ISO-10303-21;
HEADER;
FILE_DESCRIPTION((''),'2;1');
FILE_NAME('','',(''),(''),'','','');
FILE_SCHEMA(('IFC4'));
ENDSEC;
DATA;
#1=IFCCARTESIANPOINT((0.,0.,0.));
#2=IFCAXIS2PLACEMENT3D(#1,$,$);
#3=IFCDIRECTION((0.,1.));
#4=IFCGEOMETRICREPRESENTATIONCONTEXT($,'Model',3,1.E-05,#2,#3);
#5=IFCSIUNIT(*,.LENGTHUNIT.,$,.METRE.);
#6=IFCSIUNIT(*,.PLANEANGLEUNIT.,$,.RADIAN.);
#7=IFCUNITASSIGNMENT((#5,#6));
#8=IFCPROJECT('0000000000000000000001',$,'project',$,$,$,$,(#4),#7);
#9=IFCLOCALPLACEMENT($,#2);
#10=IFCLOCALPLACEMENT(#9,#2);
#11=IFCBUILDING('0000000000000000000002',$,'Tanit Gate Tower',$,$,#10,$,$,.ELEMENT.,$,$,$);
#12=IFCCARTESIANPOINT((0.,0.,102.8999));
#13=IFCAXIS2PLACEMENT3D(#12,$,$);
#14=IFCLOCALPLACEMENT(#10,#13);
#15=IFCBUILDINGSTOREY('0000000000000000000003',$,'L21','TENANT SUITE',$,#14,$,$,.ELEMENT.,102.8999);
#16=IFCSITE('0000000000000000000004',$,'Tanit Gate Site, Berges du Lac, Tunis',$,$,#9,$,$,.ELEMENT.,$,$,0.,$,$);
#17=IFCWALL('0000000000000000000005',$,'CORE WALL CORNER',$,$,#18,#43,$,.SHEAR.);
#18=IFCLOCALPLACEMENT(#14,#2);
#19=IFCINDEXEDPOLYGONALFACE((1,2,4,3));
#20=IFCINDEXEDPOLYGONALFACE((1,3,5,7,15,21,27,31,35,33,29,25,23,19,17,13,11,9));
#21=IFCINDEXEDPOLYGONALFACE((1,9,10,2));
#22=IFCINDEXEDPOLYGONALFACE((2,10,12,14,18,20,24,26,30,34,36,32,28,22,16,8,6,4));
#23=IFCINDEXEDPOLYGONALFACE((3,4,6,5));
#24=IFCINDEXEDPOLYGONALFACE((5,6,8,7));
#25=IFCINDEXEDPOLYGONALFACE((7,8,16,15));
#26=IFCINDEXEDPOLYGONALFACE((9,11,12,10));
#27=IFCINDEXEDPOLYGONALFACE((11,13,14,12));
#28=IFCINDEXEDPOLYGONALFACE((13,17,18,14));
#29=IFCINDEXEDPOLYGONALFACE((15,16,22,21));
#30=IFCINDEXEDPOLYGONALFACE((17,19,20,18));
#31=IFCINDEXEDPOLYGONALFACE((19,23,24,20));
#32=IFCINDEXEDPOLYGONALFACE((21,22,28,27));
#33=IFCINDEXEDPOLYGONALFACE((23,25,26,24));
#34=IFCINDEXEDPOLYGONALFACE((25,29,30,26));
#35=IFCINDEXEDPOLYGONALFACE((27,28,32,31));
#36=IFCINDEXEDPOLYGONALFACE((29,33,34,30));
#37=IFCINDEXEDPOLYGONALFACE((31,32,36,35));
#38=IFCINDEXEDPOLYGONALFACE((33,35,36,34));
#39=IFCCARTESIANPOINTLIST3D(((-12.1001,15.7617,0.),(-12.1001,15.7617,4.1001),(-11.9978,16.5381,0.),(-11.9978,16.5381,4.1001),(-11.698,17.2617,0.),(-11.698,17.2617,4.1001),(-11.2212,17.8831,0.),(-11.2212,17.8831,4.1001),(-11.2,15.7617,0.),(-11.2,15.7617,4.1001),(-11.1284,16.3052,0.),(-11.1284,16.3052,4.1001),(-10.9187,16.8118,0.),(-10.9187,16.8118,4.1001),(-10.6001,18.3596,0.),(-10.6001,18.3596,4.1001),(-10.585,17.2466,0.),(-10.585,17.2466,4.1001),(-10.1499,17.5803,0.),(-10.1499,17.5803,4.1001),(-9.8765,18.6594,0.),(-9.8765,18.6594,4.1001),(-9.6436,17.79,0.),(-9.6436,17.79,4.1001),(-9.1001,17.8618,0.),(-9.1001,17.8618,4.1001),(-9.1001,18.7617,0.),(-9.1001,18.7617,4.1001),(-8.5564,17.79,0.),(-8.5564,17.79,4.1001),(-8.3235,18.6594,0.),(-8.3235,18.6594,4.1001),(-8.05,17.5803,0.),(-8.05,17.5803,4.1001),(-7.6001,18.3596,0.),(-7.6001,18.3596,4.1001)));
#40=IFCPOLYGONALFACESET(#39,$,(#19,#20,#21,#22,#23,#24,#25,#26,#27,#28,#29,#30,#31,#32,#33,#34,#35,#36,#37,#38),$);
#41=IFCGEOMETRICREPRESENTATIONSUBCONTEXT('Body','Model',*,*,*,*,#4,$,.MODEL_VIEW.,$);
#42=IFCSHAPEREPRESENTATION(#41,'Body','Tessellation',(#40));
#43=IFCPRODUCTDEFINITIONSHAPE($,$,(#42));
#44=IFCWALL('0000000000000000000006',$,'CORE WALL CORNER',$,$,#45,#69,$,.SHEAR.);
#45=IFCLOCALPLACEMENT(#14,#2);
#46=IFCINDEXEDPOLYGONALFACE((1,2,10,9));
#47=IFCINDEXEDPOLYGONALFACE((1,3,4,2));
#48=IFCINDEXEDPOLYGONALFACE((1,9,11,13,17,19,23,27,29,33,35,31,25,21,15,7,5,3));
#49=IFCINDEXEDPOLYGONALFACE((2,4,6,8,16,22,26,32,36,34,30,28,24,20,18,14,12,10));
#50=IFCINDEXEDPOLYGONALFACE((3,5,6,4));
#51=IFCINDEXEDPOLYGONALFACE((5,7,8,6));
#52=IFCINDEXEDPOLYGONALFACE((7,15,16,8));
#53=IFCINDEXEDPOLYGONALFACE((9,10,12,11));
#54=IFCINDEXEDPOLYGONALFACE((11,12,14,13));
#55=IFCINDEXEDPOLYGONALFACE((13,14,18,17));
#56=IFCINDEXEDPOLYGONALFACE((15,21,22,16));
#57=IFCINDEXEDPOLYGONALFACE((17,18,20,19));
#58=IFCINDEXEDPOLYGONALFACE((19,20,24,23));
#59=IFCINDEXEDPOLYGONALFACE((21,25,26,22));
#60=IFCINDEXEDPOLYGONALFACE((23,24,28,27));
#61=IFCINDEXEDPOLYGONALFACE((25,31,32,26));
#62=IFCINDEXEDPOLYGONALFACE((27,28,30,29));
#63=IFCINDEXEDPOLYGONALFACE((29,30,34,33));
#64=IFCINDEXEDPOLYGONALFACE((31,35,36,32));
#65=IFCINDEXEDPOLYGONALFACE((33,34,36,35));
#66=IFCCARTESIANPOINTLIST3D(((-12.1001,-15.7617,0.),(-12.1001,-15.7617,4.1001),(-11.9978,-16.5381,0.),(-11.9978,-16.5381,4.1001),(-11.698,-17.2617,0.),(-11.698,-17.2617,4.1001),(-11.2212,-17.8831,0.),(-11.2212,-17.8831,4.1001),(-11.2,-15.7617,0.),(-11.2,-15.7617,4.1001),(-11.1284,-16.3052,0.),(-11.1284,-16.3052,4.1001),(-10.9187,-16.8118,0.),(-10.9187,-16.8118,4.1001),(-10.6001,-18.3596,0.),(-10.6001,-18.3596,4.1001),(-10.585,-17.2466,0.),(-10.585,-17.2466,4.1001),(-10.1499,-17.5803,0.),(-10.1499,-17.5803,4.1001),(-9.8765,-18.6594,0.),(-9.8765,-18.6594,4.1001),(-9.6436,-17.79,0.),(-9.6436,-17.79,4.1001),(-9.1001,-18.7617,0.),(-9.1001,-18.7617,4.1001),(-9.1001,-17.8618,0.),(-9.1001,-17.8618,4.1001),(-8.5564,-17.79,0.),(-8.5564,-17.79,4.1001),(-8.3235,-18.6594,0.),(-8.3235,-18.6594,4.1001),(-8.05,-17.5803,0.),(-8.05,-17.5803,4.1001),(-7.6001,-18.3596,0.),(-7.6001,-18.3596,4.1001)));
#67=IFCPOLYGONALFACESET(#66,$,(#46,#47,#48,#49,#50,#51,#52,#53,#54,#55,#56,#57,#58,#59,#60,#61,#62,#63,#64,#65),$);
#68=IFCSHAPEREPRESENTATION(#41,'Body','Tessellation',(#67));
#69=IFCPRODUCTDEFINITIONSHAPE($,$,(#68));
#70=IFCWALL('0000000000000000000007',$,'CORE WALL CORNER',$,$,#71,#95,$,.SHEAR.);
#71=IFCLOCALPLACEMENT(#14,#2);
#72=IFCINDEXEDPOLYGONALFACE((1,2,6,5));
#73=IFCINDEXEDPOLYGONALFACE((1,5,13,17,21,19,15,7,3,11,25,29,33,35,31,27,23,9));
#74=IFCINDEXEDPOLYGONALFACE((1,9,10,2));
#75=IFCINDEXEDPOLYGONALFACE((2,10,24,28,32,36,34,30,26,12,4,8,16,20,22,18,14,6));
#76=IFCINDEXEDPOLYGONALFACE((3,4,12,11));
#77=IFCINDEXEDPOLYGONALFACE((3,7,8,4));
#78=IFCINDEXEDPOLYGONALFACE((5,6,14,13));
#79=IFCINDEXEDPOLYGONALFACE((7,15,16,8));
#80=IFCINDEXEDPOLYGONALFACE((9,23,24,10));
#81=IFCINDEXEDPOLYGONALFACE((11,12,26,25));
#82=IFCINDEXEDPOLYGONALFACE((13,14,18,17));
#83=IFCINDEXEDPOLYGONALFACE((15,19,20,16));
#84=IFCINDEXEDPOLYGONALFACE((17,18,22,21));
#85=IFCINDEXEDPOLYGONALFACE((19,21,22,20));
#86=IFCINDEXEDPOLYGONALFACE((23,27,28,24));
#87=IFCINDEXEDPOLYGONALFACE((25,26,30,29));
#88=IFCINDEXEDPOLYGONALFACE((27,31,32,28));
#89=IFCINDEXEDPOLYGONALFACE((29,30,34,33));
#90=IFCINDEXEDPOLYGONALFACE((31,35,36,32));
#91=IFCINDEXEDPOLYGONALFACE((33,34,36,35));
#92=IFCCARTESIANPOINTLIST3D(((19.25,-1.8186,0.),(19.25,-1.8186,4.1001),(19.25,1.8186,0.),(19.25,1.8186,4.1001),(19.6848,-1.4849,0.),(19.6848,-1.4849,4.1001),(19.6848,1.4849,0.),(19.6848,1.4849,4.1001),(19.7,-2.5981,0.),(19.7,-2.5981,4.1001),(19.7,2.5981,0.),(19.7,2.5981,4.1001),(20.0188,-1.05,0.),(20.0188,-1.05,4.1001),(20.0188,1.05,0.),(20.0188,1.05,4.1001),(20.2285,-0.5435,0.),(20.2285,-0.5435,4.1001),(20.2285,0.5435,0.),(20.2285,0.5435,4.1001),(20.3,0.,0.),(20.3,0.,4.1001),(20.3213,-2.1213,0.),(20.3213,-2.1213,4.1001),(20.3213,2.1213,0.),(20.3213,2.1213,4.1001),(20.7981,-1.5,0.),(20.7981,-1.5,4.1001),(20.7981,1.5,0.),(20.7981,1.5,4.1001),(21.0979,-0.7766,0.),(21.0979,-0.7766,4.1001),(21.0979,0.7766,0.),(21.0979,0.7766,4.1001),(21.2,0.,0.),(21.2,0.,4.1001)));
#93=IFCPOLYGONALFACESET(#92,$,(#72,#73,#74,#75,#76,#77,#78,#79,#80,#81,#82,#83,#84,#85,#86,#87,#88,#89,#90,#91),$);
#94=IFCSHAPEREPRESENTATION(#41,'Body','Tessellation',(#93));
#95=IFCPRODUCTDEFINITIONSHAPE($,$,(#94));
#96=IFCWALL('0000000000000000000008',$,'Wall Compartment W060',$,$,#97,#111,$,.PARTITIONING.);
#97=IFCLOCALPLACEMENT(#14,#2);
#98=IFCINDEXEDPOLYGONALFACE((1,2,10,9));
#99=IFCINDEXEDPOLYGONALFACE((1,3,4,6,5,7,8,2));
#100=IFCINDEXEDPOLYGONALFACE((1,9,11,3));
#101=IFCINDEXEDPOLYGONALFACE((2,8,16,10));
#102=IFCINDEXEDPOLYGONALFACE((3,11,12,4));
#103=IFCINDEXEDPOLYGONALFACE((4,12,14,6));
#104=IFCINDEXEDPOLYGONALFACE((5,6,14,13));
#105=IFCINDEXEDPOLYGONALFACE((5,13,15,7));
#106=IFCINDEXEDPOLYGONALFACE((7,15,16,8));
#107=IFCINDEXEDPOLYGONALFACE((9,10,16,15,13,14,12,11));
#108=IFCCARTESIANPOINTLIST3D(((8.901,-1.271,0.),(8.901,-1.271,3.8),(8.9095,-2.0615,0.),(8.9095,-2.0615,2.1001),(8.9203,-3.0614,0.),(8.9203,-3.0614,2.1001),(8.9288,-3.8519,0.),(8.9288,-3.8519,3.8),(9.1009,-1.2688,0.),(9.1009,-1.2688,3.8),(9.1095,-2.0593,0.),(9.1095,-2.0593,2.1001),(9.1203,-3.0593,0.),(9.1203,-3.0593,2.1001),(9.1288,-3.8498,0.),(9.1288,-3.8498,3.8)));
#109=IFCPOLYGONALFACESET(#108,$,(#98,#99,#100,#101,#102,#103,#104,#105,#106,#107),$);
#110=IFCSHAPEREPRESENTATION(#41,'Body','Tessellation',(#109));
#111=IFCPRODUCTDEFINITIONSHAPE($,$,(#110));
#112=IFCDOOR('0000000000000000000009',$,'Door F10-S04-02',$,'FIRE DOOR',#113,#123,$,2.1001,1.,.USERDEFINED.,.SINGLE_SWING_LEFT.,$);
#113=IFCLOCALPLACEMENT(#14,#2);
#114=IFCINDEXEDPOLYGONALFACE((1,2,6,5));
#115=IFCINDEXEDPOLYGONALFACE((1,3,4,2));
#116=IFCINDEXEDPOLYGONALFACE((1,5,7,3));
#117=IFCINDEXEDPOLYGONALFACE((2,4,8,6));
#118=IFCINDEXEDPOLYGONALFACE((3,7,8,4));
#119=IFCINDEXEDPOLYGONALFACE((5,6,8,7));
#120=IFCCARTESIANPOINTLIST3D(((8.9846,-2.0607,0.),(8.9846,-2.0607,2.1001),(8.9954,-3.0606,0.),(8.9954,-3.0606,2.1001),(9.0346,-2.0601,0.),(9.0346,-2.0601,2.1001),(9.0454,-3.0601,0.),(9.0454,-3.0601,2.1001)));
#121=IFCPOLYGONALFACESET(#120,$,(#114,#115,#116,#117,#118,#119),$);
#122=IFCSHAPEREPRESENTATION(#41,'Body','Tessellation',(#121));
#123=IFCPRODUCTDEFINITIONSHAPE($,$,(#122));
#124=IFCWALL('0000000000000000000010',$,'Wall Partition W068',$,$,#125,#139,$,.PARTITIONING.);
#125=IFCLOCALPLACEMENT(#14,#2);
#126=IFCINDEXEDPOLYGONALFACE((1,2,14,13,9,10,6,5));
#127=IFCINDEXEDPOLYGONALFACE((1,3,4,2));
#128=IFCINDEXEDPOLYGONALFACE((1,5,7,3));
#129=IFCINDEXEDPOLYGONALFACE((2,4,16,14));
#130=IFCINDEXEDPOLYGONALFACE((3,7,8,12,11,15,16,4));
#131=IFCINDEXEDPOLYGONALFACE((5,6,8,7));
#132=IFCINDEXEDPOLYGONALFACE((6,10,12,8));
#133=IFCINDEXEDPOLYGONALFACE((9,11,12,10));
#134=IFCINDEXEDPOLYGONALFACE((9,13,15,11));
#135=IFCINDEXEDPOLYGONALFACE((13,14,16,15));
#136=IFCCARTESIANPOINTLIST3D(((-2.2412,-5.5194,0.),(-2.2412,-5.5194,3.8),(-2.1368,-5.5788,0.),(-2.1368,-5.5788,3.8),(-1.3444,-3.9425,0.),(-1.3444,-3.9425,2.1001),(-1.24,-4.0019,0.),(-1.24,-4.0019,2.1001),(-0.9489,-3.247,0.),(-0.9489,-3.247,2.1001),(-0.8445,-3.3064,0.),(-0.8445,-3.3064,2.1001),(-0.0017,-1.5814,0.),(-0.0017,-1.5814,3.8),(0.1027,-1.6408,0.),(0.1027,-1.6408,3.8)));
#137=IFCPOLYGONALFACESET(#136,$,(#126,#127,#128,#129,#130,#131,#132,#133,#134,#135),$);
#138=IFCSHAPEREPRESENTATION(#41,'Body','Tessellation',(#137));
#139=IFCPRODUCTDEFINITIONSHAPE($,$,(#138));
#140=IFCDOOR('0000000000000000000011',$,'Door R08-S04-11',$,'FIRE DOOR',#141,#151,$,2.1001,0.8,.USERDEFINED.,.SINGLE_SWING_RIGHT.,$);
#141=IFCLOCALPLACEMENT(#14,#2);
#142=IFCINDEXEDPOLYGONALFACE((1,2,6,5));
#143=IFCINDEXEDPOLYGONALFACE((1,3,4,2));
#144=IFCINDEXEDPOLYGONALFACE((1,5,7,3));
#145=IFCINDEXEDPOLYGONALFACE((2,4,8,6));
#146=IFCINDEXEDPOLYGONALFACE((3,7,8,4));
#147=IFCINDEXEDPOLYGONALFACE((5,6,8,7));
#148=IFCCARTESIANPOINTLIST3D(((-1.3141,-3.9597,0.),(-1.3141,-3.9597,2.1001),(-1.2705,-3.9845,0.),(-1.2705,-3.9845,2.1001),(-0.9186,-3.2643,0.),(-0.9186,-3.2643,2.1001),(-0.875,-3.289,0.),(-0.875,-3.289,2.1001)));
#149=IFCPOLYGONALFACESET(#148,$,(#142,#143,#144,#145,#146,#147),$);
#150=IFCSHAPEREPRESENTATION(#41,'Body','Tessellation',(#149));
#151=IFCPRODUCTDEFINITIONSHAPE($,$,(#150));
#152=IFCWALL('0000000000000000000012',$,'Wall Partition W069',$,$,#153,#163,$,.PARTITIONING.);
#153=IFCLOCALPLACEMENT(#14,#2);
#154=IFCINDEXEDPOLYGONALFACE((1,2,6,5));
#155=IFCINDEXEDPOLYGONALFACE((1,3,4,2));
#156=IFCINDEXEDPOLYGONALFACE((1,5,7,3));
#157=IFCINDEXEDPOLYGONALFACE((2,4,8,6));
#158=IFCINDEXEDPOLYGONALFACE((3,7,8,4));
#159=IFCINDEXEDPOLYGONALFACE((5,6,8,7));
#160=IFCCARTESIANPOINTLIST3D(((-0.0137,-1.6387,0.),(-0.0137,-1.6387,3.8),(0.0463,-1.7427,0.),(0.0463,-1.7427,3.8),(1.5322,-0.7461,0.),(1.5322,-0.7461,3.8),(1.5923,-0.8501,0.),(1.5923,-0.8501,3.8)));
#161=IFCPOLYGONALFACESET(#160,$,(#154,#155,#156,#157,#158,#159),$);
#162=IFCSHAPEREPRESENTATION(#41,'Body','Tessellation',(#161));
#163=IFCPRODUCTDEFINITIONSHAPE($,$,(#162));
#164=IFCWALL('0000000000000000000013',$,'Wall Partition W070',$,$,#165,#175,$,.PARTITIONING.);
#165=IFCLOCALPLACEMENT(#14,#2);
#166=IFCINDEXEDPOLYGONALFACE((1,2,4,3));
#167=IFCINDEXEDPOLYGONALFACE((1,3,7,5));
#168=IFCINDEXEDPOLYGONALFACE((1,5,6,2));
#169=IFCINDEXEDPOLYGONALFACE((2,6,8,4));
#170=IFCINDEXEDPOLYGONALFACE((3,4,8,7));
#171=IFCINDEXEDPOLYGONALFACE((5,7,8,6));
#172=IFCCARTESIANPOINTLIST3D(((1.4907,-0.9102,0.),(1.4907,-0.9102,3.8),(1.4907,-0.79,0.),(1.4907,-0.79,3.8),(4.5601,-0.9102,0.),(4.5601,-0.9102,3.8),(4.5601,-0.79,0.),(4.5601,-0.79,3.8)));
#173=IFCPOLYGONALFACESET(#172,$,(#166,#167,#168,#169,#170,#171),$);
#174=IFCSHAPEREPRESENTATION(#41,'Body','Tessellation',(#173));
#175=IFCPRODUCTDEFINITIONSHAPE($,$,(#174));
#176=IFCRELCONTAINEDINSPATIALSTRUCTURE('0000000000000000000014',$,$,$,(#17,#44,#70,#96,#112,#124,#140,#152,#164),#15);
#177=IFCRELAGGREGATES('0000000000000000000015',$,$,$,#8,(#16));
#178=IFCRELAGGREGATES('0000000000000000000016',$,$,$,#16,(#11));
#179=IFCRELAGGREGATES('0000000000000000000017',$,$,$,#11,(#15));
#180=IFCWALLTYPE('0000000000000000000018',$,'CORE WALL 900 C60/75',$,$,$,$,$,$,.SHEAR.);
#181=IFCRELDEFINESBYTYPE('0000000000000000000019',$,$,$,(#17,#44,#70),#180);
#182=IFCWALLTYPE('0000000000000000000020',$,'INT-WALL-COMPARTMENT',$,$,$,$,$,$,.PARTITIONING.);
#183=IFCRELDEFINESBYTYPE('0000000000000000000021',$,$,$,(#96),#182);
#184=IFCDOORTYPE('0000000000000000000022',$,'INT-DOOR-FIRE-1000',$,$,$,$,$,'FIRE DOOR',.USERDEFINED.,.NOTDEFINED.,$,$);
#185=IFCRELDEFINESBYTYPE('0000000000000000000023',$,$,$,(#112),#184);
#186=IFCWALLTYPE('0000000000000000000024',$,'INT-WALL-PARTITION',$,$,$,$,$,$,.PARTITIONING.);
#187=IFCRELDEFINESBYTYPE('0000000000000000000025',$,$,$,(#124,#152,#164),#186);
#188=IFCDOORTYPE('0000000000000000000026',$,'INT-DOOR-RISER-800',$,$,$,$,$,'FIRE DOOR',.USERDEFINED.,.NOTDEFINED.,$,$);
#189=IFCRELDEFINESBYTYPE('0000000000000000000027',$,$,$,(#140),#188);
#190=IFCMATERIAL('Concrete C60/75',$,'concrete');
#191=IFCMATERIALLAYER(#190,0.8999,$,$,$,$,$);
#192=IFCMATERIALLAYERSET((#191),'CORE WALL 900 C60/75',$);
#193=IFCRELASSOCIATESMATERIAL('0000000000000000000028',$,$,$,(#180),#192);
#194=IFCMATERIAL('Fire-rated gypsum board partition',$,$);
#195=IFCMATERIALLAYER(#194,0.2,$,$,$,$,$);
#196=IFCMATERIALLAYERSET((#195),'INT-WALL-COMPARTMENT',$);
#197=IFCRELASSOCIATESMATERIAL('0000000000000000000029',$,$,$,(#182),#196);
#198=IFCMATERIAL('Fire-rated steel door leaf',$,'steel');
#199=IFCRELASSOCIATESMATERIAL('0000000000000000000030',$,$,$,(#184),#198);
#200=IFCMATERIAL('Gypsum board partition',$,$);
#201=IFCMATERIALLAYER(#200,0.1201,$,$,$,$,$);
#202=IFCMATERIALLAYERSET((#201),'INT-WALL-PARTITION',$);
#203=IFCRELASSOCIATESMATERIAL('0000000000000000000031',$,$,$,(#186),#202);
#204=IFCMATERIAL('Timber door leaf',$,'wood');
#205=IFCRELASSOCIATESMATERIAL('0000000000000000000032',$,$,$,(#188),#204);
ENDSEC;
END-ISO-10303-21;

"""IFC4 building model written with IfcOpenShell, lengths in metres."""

from ifc_helpers import new_model, si_unit, direction, frame, frame_2d, origin, place, context, subcontext, project, spatial, polyline, rectangle, outline, extrude, material, layer, layer_set, type_object, element, fill, save


model = new_model("IFC4")

# Units and contexts
model_context = context("Model", 3, precision=1e-05, world=origin(), true_north=direction((0.0, 1.0)))
body_context = subcontext(model_context, "Body", "Model", "MODEL_VIEW")
ifc_project = project(units=[si_unit("LENGTHUNIT", "METRE"), si_unit("PLANEANGLEUNIT", "RADIAN")], contexts=[model_context])

# Site, building, storey
site_placement = place(None, origin())
site = spatial("IfcSite", under=ifc_project, at=site_placement, Name="Tanit Gate Site, Berges du Lac, Tunis", CompositionType="ELEMENT", RefElevation=0.0)
building_placement = place(site_placement, origin())
building = spatial("IfcBuilding", under=site, at=building_placement, Name="Tanit Gate Tower", CompositionType="ELEMENT")
storey_placement = place(building_placement, frame((0.0, 0.0, 102.8999)))
storey = spatial("IfcBuildingStorey", under=building, at=storey_placement, Name="L21", Description="TENANT SUITE", CompositionType="ELEMENT", Elevation=102.8999)

# Walls
ifc_material_1 = material(Name="Concrete C60/75", Category="concrete")
ifc_layer_1 = layer(ifc_material_1, 0.8999)
ifc_layer_set_1 = layer_set([ifc_layer_1], Name="CORE WALL 900 C60/75")
wall_type_1 = type_object("IfcWallType", Name="CORE WALL 900 C60/75", PredefinedType="SHEAR", material=ifc_layer_set_1)
wall_1_placement = place(storey_placement, origin())
element("IfcWall", 1, at=wall_1_placement, inside=storey, type_object=wall_type_1, Name="CORE WALL CORNER", PredefinedType="SHEAR", context=body_context, shape_type="SweptSolid", body=[
    extrude(outline(polyline([(-7.6001, 18.3596), (-8.3235, 18.6594), (-9.1001, 18.7617), (-9.8765, 18.6594), (-10.6001, 18.3596), (-11.2212, 17.8831), (-11.698, 17.2617), (-11.9978, 16.5381), (-12.1001, 15.7617), (-11.2, 15.7617), (-11.1284, 16.3052), (-10.9187, 16.8118), (-10.585, 17.2466), (-10.1499, 17.5803), (-9.6436, 17.79), (-9.1001, 17.8618), (-8.5564, 17.79), (-8.05, 17.5803), (-7.6001, 18.3596)])), origin(), (0.0, 0.0, 1.0), 4.1001),
])
wall_2_placement = place(storey_placement, origin())
element("IfcWall", 2, at=wall_2_placement, inside=storey, type_object=wall_type_1, Name="CORE WALL CORNER", PredefinedType="SHEAR", context=body_context, shape_type="SweptSolid", body=[
    extrude(outline(polyline([(-12.1001, -15.7617), (-11.9978, -16.5381), (-11.698, -17.2617), (-11.2212, -17.8831), (-10.6001, -18.3596), (-9.8765, -18.6594), (-9.1001, -18.7617), (-8.3235, -18.6594), (-7.6001, -18.3596), (-8.05, -17.5803), (-8.5564, -17.79), (-9.1001, -17.8618), (-9.6436, -17.79), (-10.1499, -17.5803), (-10.585, -17.2466), (-10.9187, -16.8118), (-11.1284, -16.3052), (-11.2, -15.7617), (-12.1001, -15.7617)])), origin(), (0.0, 0.0, 1.0), 4.1001),
])
wall_3_placement = place(storey_placement, origin())
element("IfcWall", 3, at=wall_3_placement, inside=storey, type_object=wall_type_1, Name="CORE WALL CORNER", PredefinedType="SHEAR", context=body_context, shape_type="SweptSolid", body=[
    extrude(outline(polyline([(19.7, -2.5981), (20.3213, -2.1213), (20.7981, -1.5), (21.0979, -0.7766), (21.2, 0.0), (21.0979, 0.7766), (20.7981, 1.5), (20.3213, 2.1213), (19.7, 2.5981), (19.25, 1.8186), (19.6848, 1.4849), (20.0188, 1.05), (20.2285, 0.5435), (20.3, 0.0), (20.2285, -0.5435), (20.0188, -1.05), (19.6848, -1.4849), (19.25, -1.8186), (19.7, -2.5981)])), origin(), (0.0, 0.0, 1.0), 4.1001),
])

# Walls, openings, doors
ifc_material_2 = material(Name="Fire-rated gypsum board partition")
ifc_layer_2 = layer(ifc_material_2, 0.2)
ifc_layer_set_2 = layer_set([ifc_layer_2], Name="INT-WALL-COMPARTMENT")
wall_type_2 = type_object("IfcWallType", Name="INT-WALL-COMPARTMENT", PredefinedType="PARTITIONING", material=ifc_layer_set_2)
wall_4_placement = place(storey_placement, frame((9.0288, -3.8508, 0.0), z_axis=(0.0, 0.0, 1.0), x_axis=(-0.010784, 0.999942, 0.0)))
wall_4 = element("IfcWall", 4, at=wall_4_placement, inside=storey, type_object=wall_type_2, Name="Wall Compartment W060", PredefinedType="PARTITIONING", context=body_context, shape_type="SweptSolid", body=[
    extrude(rectangle(XDim=2.5811, YDim=0.2, at=frame_2d((1.2905, 0.0))), origin(), (0.0, 0.0, 1.0), 3.8),
])
opening_1_placement = place(wall_4_placement, frame((0.7905, 0.0, 0.0)))
opening_1 = element("IfcOpeningElement", 5, at=opening_1_placement, cuts=wall_4, PredefinedType="OPENING", context=body_context, shape_type="SweptSolid", body=[
    extrude(rectangle(XDim=1.0, YDim=2.1001, at=frame_2d((0.5, 1.05))), frame((0.0, 0.1099, 0.0), z_axis=(0.0, -1.0, 0.0), x_axis=(1.0, 0.0, 0.0)), (0.0, 0.0, 1.0), 0.22),
])
ifc_material_3 = material(Name="Fire-rated steel door leaf", Category="steel")
door_type_1 = type_object("IfcDoorType", Name="INT-DOOR-FIRE-1000", ElementType="FIRE DOOR", OperationType="NOTDEFINED", PredefinedType="USERDEFINED", material=ifc_material_3)
door_1_placement = place(opening_1_placement, origin())
door_1 = element("IfcDoor", 6, at=door_1_placement, inside=storey, type_object=door_type_1, Name="Door F10-S04-02", ObjectType="FIRE DOOR", OperationType="SINGLE_SWING_LEFT", OverallHeight=2.1001, OverallWidth=1.0, PredefinedType="USERDEFINED", context=body_context, shape_type="SweptSolid", body=[
    extrude(rectangle(XDim=1.0, YDim=2.1001, at=frame_2d((0.5, 1.05))), frame((0.0, 0.0249, 0.0), z_axis=(0.0, -1.0, 0.0), x_axis=(1.0, 0.0, 0.0)), (0.0, 0.0, 1.0), 0.05),
])
fill(opening_1, door_1)
ifc_material_4 = material(Name="Gypsum board partition")
ifc_layer_3 = layer(ifc_material_4, 0.1201)
ifc_layer_set_3 = layer_set([ifc_layer_3], Name="INT-WALL-PARTITION")
wall_type_3 = type_object("IfcWallType", Name="INT-WALL-PARTITION", PredefinedType="PARTITIONING", material=ifc_layer_set_3)
wall_5_placement = place(storey_placement, frame((0.0505, -1.6111, 0.0), z_axis=(0.0, 0.0, 1.0), x_axis=(-0.494345, -0.869266, 0.0)))
wall_5 = element("IfcWall", 7, at=wall_5_placement, inside=storey, type_object=wall_type_3, Name="Wall Partition W068", PredefinedType="PARTITIONING", context=body_context, shape_type="SweptSolid", body=[
    extrude(rectangle(XDim=4.5303, YDim=0.1201, at=frame_2d((2.2651, 0.0))), origin(), (0.0, 0.0, 1.0), 3.8),
])
opening_2_placement = place(wall_5_placement, frame((1.9163, 0.0, 0.0)))
opening_2 = element("IfcOpeningElement", 8, at=opening_2_placement, cuts=wall_5, PredefinedType="OPENING", context=body_context, shape_type="SweptSolid", body=[
    extrude(rectangle(XDim=0.8, YDim=2.1001, at=frame_2d((0.3999, 1.05))), frame((0.0, 0.0701, 0.0), z_axis=(0.0, -1.0, 0.0), x_axis=(1.0, 0.0, 0.0)), (0.0, 0.0, 1.0), 0.1401),
])
ifc_material_5 = material(Name="Timber door leaf", Category="wood")
door_type_2 = type_object("IfcDoorType", Name="INT-DOOR-RISER-800", ElementType="FIRE DOOR", OperationType="NOTDEFINED", PredefinedType="USERDEFINED", material=ifc_material_5)
door_2_placement = place(opening_2_placement, origin())
door_2 = element("IfcDoor", 9, at=door_2_placement, inside=storey, type_object=door_type_2, Name="Door R08-S04-11", ObjectType="FIRE DOOR", OperationType="SINGLE_SWING_RIGHT", OverallHeight=2.1001, OverallWidth=0.8, PredefinedType="USERDEFINED", context=body_context, shape_type="SweptSolid", body=[
    extrude(rectangle(XDim=0.8, YDim=2.1001, at=frame_2d((0.3999, 1.05))), frame((0.0, 0.0249, 0.0), z_axis=(0.0, -1.0, 0.0), x_axis=(1.0, 0.0, 0.0)), (0.0, 0.0, 1.0), 0.05),
])
fill(opening_2, door_2)

# Walls
wall_6_placement = place(storey_placement, frame((1.5623, -0.7981, 0.0), z_axis=(0.0, 0.0, 1.0), x_axis=(-0.866012, -0.500022, 0.0)))
element("IfcWall", 10, at=wall_6_placement, inside=storey, type_object=wall_type_3, Name="Wall Partition W069", PredefinedType="PARTITIONING", context=body_context, shape_type="SweptSolid", body=[
    extrude(rectangle(XDim=1.7852, YDim=0.1201, at=frame_2d((0.8926, 0.0))), origin(), (0.0, 0.0, 1.0), 3.8),
])
wall_7_placement = place(storey_placement, frame((4.5601, -0.8501, 0.0), z_axis=(0.0, 0.0, 1.0), x_axis=(-1.0, 0.0, 0.0)))
element("IfcWall", 11, at=wall_7_placement, inside=storey, type_object=wall_type_3, Name="Wall Partition W070", PredefinedType="PARTITIONING", context=body_context, shape_type="SweptSolid", body=[
    extrude(rectangle(XDim=3.0693, YDim=0.1201, at=frame_2d((1.5347, 0.0))), origin(), (0.0, 0.0, 1.0), 3.8),
])

save(model, "model.ifc")
